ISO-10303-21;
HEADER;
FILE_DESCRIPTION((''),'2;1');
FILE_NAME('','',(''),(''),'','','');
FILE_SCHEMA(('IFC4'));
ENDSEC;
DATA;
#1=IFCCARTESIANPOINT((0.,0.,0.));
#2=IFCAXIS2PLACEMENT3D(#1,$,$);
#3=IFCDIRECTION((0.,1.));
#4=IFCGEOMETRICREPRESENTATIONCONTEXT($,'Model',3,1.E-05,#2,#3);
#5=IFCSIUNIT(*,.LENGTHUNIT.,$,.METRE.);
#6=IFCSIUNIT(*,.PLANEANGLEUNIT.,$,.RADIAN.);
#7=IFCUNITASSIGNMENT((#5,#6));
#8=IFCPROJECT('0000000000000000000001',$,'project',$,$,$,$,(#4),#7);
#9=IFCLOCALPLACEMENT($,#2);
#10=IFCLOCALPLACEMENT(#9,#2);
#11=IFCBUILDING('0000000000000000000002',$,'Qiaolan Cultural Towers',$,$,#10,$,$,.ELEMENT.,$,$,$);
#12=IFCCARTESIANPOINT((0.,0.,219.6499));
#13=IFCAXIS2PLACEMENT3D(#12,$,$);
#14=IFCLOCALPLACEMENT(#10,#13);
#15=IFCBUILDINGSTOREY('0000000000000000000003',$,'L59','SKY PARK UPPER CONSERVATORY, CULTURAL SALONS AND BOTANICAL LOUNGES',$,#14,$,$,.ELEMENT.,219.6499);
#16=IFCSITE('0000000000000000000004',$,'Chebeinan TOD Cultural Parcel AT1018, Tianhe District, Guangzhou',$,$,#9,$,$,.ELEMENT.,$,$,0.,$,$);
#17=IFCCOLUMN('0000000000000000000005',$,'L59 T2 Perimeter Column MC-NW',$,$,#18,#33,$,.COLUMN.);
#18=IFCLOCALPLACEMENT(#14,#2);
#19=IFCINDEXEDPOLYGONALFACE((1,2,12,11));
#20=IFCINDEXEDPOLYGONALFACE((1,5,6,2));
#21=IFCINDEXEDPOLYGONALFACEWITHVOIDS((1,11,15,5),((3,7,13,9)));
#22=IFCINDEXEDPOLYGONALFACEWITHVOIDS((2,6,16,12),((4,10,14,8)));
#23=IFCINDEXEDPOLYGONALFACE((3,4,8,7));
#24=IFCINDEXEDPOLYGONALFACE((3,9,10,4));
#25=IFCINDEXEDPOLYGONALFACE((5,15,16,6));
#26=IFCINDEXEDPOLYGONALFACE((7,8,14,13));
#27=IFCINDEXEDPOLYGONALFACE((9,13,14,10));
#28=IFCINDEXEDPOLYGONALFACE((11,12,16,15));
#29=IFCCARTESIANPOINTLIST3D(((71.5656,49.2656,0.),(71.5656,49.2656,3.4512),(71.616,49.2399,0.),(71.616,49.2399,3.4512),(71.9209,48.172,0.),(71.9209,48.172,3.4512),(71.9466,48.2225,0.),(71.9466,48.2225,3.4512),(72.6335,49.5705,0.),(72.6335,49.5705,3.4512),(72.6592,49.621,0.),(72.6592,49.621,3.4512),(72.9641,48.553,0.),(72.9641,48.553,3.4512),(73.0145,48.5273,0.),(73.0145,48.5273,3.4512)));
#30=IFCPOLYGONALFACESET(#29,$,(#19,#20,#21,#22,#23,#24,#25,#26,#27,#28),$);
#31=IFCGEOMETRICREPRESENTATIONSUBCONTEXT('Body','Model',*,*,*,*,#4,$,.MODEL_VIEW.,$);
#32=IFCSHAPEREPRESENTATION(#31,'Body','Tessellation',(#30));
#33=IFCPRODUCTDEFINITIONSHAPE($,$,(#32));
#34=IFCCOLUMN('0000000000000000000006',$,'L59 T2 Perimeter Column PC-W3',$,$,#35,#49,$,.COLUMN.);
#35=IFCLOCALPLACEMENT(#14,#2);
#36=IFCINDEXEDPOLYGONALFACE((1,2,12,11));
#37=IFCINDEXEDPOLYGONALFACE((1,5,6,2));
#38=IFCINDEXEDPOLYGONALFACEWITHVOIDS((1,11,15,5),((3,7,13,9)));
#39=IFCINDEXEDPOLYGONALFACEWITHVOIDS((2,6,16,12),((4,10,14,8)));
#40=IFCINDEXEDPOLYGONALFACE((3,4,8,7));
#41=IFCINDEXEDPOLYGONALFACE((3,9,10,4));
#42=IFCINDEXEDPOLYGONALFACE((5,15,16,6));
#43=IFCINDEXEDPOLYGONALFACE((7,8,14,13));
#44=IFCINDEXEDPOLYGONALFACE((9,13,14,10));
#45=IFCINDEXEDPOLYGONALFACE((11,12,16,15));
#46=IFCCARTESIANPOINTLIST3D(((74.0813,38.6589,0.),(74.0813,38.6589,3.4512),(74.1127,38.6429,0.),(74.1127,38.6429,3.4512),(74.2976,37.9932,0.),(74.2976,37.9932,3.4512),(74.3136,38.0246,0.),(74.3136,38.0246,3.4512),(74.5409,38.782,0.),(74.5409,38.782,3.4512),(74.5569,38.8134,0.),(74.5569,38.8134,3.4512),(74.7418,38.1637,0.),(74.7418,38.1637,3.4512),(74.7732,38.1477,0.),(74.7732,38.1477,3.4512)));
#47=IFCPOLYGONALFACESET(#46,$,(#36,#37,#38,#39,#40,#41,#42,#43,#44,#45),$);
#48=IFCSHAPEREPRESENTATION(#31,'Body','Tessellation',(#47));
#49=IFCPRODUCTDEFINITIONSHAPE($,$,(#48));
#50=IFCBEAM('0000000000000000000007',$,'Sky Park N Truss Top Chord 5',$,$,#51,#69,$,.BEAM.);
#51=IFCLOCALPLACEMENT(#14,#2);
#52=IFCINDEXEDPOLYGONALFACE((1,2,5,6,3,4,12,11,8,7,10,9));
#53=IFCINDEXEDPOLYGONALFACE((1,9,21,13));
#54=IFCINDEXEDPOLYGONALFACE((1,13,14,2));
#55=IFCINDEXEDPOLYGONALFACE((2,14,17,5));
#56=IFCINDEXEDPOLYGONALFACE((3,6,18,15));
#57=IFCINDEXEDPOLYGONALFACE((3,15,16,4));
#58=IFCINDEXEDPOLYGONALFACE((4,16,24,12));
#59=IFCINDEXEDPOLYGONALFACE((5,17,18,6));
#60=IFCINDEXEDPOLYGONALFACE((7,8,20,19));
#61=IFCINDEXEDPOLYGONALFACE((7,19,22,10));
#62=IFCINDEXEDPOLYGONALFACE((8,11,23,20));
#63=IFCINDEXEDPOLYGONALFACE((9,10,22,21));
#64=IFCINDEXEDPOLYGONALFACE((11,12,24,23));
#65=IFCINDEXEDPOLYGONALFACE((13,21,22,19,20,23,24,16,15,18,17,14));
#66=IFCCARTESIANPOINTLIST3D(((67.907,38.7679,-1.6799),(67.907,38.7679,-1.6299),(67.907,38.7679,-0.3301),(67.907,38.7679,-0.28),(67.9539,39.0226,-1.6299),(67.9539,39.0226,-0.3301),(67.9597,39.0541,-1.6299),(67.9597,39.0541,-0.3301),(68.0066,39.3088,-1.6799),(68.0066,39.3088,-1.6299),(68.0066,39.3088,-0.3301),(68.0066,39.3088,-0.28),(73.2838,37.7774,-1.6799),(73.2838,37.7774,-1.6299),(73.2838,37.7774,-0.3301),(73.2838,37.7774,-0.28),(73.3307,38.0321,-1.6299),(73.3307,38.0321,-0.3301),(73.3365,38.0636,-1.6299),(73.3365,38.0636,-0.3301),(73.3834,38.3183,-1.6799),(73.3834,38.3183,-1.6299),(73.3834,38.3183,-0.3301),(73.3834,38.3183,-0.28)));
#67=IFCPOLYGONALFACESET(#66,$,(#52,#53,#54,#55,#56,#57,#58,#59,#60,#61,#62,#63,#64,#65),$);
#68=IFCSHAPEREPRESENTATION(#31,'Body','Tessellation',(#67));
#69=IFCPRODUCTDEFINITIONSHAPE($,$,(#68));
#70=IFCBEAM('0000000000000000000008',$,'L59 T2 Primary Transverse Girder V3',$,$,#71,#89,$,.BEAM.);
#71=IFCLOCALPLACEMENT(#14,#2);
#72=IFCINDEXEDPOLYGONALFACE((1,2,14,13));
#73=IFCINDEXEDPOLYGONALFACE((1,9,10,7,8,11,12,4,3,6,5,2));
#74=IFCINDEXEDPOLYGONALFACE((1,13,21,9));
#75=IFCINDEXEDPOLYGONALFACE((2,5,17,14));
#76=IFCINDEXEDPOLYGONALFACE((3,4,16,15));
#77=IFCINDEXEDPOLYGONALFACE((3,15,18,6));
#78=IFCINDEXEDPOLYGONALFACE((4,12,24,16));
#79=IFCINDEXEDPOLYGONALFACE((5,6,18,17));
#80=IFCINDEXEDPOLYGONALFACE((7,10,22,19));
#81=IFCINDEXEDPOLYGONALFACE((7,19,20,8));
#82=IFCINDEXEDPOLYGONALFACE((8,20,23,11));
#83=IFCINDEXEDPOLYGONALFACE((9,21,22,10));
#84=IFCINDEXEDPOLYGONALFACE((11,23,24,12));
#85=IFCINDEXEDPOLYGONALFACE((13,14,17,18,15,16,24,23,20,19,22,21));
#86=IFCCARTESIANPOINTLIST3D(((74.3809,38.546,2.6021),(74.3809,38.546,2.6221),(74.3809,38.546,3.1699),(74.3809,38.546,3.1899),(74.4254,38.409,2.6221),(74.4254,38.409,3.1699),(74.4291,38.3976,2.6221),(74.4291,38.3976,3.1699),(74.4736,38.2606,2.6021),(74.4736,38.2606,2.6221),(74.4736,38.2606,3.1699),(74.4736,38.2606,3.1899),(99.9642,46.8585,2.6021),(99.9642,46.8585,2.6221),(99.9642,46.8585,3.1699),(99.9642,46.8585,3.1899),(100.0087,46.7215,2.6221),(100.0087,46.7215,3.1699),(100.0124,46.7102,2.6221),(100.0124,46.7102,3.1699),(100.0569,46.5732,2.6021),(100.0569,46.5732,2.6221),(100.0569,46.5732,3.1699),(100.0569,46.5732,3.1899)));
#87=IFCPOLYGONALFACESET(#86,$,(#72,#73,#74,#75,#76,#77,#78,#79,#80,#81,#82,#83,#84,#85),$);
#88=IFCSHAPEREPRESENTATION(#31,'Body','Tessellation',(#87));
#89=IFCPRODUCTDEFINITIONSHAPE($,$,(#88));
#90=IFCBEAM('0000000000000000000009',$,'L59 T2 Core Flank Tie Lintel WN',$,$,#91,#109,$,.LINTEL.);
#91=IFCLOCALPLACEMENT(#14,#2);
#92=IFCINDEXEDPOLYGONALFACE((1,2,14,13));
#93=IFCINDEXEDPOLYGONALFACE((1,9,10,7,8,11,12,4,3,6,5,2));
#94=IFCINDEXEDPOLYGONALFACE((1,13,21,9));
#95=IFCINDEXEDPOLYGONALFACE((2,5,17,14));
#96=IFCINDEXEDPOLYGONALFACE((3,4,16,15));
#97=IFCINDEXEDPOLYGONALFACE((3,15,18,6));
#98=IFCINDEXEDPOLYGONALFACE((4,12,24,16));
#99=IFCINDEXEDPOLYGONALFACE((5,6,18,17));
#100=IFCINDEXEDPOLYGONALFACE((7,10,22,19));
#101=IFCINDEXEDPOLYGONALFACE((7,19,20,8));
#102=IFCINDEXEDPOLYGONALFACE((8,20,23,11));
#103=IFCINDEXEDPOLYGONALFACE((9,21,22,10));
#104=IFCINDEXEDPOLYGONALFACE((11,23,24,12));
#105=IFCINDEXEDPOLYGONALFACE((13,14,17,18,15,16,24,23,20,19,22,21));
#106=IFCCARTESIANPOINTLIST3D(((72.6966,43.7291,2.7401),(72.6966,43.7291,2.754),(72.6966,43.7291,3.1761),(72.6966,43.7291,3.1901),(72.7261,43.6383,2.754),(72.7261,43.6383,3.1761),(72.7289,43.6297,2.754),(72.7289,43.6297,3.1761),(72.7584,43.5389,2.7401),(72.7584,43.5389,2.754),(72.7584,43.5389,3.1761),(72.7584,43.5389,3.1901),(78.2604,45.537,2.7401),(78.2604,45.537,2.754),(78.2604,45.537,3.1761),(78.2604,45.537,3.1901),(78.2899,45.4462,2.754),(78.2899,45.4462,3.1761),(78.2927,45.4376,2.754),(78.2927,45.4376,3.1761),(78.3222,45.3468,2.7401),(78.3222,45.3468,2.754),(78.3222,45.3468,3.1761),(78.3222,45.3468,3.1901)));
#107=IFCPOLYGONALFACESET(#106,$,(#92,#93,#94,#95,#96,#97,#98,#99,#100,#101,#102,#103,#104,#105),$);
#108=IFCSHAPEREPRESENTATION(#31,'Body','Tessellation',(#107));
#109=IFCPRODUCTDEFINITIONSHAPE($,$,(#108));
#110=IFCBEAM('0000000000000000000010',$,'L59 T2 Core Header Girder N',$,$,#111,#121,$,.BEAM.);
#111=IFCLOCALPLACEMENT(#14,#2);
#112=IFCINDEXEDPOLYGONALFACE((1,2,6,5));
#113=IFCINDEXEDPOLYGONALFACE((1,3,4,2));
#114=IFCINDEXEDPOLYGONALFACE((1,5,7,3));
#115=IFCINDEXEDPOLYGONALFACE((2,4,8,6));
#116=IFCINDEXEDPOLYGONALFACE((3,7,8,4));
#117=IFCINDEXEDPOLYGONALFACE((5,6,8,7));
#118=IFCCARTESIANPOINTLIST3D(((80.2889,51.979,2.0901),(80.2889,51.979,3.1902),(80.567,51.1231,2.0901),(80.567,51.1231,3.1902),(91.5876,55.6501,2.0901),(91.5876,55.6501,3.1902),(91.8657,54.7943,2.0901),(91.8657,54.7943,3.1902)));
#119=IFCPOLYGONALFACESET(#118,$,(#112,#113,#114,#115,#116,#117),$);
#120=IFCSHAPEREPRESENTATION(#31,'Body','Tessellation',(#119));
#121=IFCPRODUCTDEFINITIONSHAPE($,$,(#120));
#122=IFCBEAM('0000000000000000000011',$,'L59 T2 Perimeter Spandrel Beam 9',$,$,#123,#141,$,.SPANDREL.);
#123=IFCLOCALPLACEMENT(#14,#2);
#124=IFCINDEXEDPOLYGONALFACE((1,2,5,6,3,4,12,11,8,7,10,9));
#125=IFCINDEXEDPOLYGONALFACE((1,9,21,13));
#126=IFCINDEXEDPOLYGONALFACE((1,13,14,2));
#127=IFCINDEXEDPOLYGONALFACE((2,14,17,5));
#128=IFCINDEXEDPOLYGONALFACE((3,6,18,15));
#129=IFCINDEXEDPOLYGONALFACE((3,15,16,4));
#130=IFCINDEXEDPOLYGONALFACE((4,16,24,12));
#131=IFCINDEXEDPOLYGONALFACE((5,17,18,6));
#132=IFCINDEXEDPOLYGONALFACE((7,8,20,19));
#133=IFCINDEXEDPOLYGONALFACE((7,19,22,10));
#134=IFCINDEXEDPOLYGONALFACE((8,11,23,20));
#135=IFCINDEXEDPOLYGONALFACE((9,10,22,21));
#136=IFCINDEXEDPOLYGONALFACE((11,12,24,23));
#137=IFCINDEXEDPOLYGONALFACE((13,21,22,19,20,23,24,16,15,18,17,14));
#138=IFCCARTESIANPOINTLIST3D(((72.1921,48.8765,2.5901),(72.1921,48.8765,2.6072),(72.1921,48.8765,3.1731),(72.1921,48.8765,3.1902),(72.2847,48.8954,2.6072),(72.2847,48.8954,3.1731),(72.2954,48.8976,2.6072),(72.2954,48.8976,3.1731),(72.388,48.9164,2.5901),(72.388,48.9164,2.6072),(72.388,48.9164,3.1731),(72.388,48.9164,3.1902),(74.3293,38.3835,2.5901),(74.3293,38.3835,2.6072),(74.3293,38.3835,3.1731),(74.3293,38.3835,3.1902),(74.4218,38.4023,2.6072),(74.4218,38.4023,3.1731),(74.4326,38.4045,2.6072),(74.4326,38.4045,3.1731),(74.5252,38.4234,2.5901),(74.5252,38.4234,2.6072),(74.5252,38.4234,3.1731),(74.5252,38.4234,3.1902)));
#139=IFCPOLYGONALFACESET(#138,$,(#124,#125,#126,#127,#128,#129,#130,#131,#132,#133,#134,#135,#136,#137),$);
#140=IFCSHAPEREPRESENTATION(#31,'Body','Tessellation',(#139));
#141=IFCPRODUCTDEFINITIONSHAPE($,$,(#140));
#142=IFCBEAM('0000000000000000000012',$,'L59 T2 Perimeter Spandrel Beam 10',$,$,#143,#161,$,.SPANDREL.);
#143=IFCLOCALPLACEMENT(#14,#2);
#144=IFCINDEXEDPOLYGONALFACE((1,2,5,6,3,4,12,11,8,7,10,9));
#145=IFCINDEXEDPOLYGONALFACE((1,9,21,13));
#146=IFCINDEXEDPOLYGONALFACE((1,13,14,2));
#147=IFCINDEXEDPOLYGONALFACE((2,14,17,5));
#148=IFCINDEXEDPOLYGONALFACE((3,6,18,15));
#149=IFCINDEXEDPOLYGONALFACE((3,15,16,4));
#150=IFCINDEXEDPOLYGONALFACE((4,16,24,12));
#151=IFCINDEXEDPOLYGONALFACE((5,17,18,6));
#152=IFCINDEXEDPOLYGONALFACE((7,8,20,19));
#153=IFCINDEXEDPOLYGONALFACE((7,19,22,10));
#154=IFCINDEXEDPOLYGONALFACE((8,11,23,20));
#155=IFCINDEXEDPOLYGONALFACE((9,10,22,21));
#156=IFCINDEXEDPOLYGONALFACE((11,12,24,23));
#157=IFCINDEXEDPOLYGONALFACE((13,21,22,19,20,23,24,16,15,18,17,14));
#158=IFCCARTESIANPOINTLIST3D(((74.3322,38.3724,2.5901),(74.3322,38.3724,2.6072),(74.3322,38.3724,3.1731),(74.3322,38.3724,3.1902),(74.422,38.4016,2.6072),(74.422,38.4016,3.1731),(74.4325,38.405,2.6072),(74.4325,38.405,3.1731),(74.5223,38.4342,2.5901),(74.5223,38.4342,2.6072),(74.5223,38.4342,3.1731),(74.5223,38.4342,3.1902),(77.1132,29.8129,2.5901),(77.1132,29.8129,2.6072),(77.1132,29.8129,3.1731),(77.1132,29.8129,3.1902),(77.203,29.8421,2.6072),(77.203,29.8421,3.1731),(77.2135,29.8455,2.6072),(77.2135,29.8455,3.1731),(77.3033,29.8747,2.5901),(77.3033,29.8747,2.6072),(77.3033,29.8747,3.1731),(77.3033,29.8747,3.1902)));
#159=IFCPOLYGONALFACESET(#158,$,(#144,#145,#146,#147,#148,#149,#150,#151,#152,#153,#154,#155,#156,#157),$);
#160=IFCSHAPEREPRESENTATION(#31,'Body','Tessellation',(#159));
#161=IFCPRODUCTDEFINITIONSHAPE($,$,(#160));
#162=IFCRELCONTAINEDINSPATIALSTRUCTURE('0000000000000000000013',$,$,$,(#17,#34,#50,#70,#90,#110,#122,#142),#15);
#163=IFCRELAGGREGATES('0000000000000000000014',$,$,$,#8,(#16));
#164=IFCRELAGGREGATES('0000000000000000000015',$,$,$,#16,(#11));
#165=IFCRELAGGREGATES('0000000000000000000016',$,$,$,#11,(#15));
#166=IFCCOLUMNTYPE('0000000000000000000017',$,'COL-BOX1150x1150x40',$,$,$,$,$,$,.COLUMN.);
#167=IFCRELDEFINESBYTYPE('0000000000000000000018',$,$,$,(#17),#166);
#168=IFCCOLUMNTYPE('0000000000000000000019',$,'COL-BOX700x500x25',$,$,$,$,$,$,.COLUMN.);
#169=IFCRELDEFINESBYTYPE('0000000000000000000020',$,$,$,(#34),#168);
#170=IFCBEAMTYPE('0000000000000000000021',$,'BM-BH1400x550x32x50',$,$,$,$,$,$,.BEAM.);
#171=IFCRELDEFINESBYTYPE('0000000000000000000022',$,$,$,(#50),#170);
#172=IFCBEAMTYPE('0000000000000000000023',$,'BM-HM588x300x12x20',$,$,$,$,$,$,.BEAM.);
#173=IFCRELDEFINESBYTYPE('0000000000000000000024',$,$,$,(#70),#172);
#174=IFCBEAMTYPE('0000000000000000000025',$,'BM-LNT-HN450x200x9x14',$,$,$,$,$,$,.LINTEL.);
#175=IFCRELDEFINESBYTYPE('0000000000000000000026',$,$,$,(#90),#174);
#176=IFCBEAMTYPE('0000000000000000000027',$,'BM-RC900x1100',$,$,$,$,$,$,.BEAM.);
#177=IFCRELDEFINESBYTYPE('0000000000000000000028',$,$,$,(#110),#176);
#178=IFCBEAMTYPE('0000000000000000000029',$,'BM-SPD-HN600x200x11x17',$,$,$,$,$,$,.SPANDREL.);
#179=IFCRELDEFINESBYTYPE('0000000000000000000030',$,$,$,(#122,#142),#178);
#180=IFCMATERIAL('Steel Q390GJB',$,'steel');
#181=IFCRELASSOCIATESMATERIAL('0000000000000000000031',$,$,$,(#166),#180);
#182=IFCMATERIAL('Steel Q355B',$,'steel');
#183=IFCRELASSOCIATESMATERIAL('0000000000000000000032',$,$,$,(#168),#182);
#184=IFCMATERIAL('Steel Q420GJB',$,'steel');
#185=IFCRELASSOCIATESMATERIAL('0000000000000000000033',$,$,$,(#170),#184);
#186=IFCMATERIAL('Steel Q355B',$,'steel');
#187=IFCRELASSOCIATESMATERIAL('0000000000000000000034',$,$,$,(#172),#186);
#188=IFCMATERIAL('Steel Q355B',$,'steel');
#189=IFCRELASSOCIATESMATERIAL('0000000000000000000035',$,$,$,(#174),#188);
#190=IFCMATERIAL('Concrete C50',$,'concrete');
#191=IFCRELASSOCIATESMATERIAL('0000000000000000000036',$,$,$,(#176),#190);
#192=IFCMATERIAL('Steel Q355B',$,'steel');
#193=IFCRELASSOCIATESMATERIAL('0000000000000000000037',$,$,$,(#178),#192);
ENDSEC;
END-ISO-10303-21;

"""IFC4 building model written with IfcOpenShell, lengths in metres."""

from ifc_helpers import new_model, si_unit, direction, frame, origin, origin_2d, place, context, subcontext, project, spatial, rectangle, hollow_rectangle, i_section, extrude, material, material_profile, profile_set, type_object, element, save


model = new_model("IFC4")

# Units and contexts
model_context = context("Model", 3, precision=1e-05, world=origin(), true_north=direction((0.0, 1.0)))
body_context = subcontext(model_context, "Body", "Model", "MODEL_VIEW")
ifc_project = project(units=[si_unit("LENGTHUNIT", "METRE"), si_unit("PLANEANGLEUNIT", "RADIAN")], contexts=[model_context])

# Site, building, storey
site_placement = place(None, origin())
site = spatial("IfcSite", under=ifc_project, at=site_placement, Name="Chebeinan TOD Cultural Parcel AT1018, Tianhe District, Guangzhou", CompositionType="ELEMENT", RefElevation=0.0)
building_placement = place(site_placement, origin())
building = spatial("IfcBuilding", under=site, at=building_placement, Name="Qiaolan Cultural Towers", CompositionType="ELEMENT")
storey_placement = place(building_placement, frame((0.0, 0.0, 219.6499)))
storey = spatial("IfcBuildingStorey", under=building, at=storey_placement, Name="L59", Description="SKY PARK UPPER CONSERVATORY, CULTURAL SALONS AND BOTANICAL LOUNGES", CompositionType="ELEMENT", Elevation=219.6499)

# Columns
ifc_material_1 = material(Name="Steel Q390GJB", Category="steel")
ifc_material_profile_1 = material_profile(ifc_material_1, hollow_rectangle(XDim=1.1499, YDim=1.1499, WallThickness=0.04, at=origin_2d()), Name="BOX1150x1150x40")
ifc_profile_set_1 = profile_set([ifc_material_profile_1], Name="Steel Q390GJB")
column_type_1 = type_object("IfcColumnType", Name="COL-BOX1150x1150x40", PredefinedType="COLUMN", material=ifc_profile_set_1)
column_1_placement = place(storey_placement, frame((72.29, 48.8965, 0.0), z_axis=(0.0, 0.0, 1.0), x_axis=(0.951057, 0.309017, 0.0)))
element("IfcColumn", 1, at=column_1_placement, inside=storey, type_object=column_type_1, Name="L59 T2 Perimeter Column MC-NW", PredefinedType="COLUMN", context=body_context, shape_type="SweptSolid", body=[
    extrude(hollow_rectangle(XDim=1.1499, YDim=1.1499, WallThickness=0.04, at=origin_2d()), origin(), (0.0, 0.0, 1.0), 3.4512),
])
ifc_material_2 = material(Name="Steel Q355B", Category="steel")
ifc_material_profile_2 = material_profile(ifc_material_2, hollow_rectangle(XDim=0.5, YDim=0.7, WallThickness=0.0249, at=origin_2d()), Name="BOX700x500x25")
ifc_profile_set_2 = profile_set([ifc_material_profile_2], Name="Steel Q355B")
column_type_2 = type_object("IfcColumnType", Name="COL-BOX700x500x25", PredefinedType="COLUMN", material=ifc_profile_set_2)
column_2_placement = place(storey_placement, frame((74.4272, 38.4033, 0.0), z_axis=(0.0, 0.0, 1.0), x_axis=(0.951057, 0.309017, 0.0)))
element("IfcColumn", 2, at=column_2_placement, inside=storey, type_object=column_type_2, Name="L59 T2 Perimeter Column PC-W3", PredefinedType="COLUMN", context=body_context, shape_type="SweptSolid", body=[
    extrude(hollow_rectangle(XDim=0.5, YDim=0.7, WallThickness=0.0249, at=origin_2d()), origin(), (0.0, 0.0, 1.0), 3.4512),
])

# Beams
ifc_material_3 = material(Name="Steel Q420GJB", Category="steel")
ifc_material_profile_3 = material_profile(ifc_material_3, i_section(OverallWidth=0.55, OverallDepth=1.3999, WebThickness=0.032, FlangeThickness=0.05, at=origin_2d()), Name="BH1400x550x32x50")
ifc_profile_set_3 = profile_set([ifc_material_profile_3], Name="Steel Q420GJB")
beam_type_1 = type_object("IfcBeamType", Name="BM-BH1400x550x32x50", PredefinedType="BEAM", material=ifc_profile_set_3)
beam_1_placement = place(storey_placement, frame((67.9568, 39.0383, -0.98), z_axis=(0.983452, -0.181168, 0.0), x_axis=(0.181168, 0.983452, 0.0)))
element("IfcBeam", 3, at=beam_1_placement, inside=storey, type_object=beam_type_1, Name="Sky Park N Truss Top Chord 5", PredefinedType="BEAM", context=body_context, shape_type="SweptSolid", body=[
    extrude(i_section(OverallWidth=0.55, OverallDepth=1.3999, WebThickness=0.032, FlangeThickness=0.05, at=origin_2d()), origin(), (0.0, 0.0, 1.0), 5.4673),
])
ifc_material_4 = material(Name="Steel Q355B", Category="steel")
ifc_material_profile_4 = material_profile(ifc_material_4, i_section(OverallWidth=0.3, OverallDepth=0.5879, WebThickness=0.012, FlangeThickness=0.02, at=origin_2d()), Name="HM588x300x12x20")
ifc_profile_set_4 = profile_set([ifc_material_profile_4], Name="Steel Q355B")
beam_type_2 = type_object("IfcBeamType", Name="BM-HM588x300x12x20", PredefinedType="BEAM", material=ifc_profile_set_4)
beam_2_placement = place(storey_placement, frame((74.4272, 38.4033, 2.896), z_axis=(0.951057, 0.309017, 0.0), x_axis=(-0.309017, 0.951057, 0.0)))
element("IfcBeam", 4, at=beam_2_placement, inside=storey, type_object=beam_type_2, Name="L59 T2 Primary Transverse Girder V3", PredefinedType="BEAM", context=body_context, shape_type="SweptSolid", body=[
    extrude(i_section(OverallWidth=0.3, OverallDepth=0.5879, WebThickness=0.012, FlangeThickness=0.02, at=origin_2d()), origin(), (0.0, 0.0, 1.0), 26.8999),
])
ifc_material_5 = material(Name="Steel Q355B", Category="steel")
ifc_material_profile_5 = material_profile(ifc_material_5, i_section(OverallWidth=0.2, OverallDepth=0.45, WebThickness=0.009, FlangeThickness=0.0139, at=origin_2d()), Name="HN450x200x9x14")
ifc_profile_set_5 = profile_set([ifc_material_profile_5], Name="Steel Q355B")
beam_type_3 = type_object("IfcBeamType", Name="BM-LNT-HN450x200x9x14", PredefinedType="LINTEL", material=ifc_profile_set_5)
beam_3_placement = place(storey_placement, frame((78.2913, 45.4419, 2.9651), z_axis=(-0.951052, -0.309032, 0.0), x_axis=(0.309032, -0.951052, 0.0)))
element("IfcBeam", 5, at=beam_3_placement, inside=storey, type_object=beam_type_3, Name="L59 T2 Core Flank Tie Lintel WN", PredefinedType="LINTEL", context=body_context, shape_type="SweptSolid", body=[
    extrude(i_section(OverallWidth=0.2, OverallDepth=0.45, WebThickness=0.009, FlangeThickness=0.0139, at=origin_2d()), origin(), (0.0, 0.0, 1.0), 5.8501),
])
ifc_material_6 = material(Name="Concrete C50", Category="concrete")
ifc_material_profile_6 = material_profile(ifc_material_6, rectangle(XDim=0.8999, YDim=1.1001, at=origin_2d()), Name="RC900x1100")
ifc_profile_set_6 = profile_set([ifc_material_profile_6], Name="Concrete C50")
beam_type_4 = type_object("IfcBeamType", Name="BM-RC900x1100", PredefinedType="BEAM", material=ifc_profile_set_6)
beam_4_placement = place(storey_placement, frame((80.428, 51.551, 2.6401), z_axis=(0.951056, 0.309018, 0.0), x_axis=(-0.309018, 0.951056, 0.0)))
element("IfcBeam", 6, at=beam_4_placement, inside=storey, type_object=beam_type_4, Name="L59 T2 Core Header Girder N", PredefinedType="BEAM", context=body_context, shape_type="SweptSolid", body=[
    extrude(rectangle(XDim=0.8999, YDim=1.1001, at=origin_2d()), origin(), (0.0, 0.0, 1.0), 11.8801),
])
ifc_material_7 = material(Name="Steel Q355B", Category="steel")
ifc_material_profile_7 = material_profile(ifc_material_7, i_section(OverallWidth=0.2, OverallDepth=0.6001, WebThickness=0.011, FlangeThickness=0.0171, at=origin_2d()), Name="HN600x200x11x17")
ifc_profile_set_7 = profile_set([ifc_material_profile_7], Name="Steel Q355B")
beam_type_5 = type_object("IfcBeamType", Name="BM-SPD-HN600x200x11x17", PredefinedType="SPANDREL", material=ifc_profile_set_7)
beam_5_placement = place(storey_placement, frame((72.29, 48.8965, 2.8901), z_axis=(0.199579, -0.979882, 0.0), x_axis=(0.979882, 0.199579, 0.0)))
element("IfcBeam", 7, at=beam_5_placement, inside=storey, type_object=beam_type_5, Name="L59 T2 Perimeter Spandrel Beam 9", PredefinedType="SPANDREL", context=body_context, shape_type="SweptSolid", body=[
    extrude(i_section(OverallWidth=0.2, OverallDepth=0.6001, WebThickness=0.011, FlangeThickness=0.0171, at=origin_2d()), origin(), (0.0, 0.0, 1.0), 10.7085),
])
beam_6_placement = place(storey_placement, frame((74.4272, 38.4033, 2.8901), z_axis=(0.309, -0.951062, 0.0), x_axis=(0.951062, 0.309, 0.0)))
element("IfcBeam", 8, at=beam_6_placement, inside=storey, type_object=beam_type_5, Name="L59 T2 Perimeter Spandrel Beam 10", PredefinedType="SPANDREL", context=body_context, shape_type="SweptSolid", body=[
    extrude(i_section(OverallWidth=0.2, OverallDepth=0.6001, WebThickness=0.011, FlangeThickness=0.0171, at=origin_2d()), origin(), (0.0, 0.0, 1.0), 9.0),
])

save(model, "model.ifc")
